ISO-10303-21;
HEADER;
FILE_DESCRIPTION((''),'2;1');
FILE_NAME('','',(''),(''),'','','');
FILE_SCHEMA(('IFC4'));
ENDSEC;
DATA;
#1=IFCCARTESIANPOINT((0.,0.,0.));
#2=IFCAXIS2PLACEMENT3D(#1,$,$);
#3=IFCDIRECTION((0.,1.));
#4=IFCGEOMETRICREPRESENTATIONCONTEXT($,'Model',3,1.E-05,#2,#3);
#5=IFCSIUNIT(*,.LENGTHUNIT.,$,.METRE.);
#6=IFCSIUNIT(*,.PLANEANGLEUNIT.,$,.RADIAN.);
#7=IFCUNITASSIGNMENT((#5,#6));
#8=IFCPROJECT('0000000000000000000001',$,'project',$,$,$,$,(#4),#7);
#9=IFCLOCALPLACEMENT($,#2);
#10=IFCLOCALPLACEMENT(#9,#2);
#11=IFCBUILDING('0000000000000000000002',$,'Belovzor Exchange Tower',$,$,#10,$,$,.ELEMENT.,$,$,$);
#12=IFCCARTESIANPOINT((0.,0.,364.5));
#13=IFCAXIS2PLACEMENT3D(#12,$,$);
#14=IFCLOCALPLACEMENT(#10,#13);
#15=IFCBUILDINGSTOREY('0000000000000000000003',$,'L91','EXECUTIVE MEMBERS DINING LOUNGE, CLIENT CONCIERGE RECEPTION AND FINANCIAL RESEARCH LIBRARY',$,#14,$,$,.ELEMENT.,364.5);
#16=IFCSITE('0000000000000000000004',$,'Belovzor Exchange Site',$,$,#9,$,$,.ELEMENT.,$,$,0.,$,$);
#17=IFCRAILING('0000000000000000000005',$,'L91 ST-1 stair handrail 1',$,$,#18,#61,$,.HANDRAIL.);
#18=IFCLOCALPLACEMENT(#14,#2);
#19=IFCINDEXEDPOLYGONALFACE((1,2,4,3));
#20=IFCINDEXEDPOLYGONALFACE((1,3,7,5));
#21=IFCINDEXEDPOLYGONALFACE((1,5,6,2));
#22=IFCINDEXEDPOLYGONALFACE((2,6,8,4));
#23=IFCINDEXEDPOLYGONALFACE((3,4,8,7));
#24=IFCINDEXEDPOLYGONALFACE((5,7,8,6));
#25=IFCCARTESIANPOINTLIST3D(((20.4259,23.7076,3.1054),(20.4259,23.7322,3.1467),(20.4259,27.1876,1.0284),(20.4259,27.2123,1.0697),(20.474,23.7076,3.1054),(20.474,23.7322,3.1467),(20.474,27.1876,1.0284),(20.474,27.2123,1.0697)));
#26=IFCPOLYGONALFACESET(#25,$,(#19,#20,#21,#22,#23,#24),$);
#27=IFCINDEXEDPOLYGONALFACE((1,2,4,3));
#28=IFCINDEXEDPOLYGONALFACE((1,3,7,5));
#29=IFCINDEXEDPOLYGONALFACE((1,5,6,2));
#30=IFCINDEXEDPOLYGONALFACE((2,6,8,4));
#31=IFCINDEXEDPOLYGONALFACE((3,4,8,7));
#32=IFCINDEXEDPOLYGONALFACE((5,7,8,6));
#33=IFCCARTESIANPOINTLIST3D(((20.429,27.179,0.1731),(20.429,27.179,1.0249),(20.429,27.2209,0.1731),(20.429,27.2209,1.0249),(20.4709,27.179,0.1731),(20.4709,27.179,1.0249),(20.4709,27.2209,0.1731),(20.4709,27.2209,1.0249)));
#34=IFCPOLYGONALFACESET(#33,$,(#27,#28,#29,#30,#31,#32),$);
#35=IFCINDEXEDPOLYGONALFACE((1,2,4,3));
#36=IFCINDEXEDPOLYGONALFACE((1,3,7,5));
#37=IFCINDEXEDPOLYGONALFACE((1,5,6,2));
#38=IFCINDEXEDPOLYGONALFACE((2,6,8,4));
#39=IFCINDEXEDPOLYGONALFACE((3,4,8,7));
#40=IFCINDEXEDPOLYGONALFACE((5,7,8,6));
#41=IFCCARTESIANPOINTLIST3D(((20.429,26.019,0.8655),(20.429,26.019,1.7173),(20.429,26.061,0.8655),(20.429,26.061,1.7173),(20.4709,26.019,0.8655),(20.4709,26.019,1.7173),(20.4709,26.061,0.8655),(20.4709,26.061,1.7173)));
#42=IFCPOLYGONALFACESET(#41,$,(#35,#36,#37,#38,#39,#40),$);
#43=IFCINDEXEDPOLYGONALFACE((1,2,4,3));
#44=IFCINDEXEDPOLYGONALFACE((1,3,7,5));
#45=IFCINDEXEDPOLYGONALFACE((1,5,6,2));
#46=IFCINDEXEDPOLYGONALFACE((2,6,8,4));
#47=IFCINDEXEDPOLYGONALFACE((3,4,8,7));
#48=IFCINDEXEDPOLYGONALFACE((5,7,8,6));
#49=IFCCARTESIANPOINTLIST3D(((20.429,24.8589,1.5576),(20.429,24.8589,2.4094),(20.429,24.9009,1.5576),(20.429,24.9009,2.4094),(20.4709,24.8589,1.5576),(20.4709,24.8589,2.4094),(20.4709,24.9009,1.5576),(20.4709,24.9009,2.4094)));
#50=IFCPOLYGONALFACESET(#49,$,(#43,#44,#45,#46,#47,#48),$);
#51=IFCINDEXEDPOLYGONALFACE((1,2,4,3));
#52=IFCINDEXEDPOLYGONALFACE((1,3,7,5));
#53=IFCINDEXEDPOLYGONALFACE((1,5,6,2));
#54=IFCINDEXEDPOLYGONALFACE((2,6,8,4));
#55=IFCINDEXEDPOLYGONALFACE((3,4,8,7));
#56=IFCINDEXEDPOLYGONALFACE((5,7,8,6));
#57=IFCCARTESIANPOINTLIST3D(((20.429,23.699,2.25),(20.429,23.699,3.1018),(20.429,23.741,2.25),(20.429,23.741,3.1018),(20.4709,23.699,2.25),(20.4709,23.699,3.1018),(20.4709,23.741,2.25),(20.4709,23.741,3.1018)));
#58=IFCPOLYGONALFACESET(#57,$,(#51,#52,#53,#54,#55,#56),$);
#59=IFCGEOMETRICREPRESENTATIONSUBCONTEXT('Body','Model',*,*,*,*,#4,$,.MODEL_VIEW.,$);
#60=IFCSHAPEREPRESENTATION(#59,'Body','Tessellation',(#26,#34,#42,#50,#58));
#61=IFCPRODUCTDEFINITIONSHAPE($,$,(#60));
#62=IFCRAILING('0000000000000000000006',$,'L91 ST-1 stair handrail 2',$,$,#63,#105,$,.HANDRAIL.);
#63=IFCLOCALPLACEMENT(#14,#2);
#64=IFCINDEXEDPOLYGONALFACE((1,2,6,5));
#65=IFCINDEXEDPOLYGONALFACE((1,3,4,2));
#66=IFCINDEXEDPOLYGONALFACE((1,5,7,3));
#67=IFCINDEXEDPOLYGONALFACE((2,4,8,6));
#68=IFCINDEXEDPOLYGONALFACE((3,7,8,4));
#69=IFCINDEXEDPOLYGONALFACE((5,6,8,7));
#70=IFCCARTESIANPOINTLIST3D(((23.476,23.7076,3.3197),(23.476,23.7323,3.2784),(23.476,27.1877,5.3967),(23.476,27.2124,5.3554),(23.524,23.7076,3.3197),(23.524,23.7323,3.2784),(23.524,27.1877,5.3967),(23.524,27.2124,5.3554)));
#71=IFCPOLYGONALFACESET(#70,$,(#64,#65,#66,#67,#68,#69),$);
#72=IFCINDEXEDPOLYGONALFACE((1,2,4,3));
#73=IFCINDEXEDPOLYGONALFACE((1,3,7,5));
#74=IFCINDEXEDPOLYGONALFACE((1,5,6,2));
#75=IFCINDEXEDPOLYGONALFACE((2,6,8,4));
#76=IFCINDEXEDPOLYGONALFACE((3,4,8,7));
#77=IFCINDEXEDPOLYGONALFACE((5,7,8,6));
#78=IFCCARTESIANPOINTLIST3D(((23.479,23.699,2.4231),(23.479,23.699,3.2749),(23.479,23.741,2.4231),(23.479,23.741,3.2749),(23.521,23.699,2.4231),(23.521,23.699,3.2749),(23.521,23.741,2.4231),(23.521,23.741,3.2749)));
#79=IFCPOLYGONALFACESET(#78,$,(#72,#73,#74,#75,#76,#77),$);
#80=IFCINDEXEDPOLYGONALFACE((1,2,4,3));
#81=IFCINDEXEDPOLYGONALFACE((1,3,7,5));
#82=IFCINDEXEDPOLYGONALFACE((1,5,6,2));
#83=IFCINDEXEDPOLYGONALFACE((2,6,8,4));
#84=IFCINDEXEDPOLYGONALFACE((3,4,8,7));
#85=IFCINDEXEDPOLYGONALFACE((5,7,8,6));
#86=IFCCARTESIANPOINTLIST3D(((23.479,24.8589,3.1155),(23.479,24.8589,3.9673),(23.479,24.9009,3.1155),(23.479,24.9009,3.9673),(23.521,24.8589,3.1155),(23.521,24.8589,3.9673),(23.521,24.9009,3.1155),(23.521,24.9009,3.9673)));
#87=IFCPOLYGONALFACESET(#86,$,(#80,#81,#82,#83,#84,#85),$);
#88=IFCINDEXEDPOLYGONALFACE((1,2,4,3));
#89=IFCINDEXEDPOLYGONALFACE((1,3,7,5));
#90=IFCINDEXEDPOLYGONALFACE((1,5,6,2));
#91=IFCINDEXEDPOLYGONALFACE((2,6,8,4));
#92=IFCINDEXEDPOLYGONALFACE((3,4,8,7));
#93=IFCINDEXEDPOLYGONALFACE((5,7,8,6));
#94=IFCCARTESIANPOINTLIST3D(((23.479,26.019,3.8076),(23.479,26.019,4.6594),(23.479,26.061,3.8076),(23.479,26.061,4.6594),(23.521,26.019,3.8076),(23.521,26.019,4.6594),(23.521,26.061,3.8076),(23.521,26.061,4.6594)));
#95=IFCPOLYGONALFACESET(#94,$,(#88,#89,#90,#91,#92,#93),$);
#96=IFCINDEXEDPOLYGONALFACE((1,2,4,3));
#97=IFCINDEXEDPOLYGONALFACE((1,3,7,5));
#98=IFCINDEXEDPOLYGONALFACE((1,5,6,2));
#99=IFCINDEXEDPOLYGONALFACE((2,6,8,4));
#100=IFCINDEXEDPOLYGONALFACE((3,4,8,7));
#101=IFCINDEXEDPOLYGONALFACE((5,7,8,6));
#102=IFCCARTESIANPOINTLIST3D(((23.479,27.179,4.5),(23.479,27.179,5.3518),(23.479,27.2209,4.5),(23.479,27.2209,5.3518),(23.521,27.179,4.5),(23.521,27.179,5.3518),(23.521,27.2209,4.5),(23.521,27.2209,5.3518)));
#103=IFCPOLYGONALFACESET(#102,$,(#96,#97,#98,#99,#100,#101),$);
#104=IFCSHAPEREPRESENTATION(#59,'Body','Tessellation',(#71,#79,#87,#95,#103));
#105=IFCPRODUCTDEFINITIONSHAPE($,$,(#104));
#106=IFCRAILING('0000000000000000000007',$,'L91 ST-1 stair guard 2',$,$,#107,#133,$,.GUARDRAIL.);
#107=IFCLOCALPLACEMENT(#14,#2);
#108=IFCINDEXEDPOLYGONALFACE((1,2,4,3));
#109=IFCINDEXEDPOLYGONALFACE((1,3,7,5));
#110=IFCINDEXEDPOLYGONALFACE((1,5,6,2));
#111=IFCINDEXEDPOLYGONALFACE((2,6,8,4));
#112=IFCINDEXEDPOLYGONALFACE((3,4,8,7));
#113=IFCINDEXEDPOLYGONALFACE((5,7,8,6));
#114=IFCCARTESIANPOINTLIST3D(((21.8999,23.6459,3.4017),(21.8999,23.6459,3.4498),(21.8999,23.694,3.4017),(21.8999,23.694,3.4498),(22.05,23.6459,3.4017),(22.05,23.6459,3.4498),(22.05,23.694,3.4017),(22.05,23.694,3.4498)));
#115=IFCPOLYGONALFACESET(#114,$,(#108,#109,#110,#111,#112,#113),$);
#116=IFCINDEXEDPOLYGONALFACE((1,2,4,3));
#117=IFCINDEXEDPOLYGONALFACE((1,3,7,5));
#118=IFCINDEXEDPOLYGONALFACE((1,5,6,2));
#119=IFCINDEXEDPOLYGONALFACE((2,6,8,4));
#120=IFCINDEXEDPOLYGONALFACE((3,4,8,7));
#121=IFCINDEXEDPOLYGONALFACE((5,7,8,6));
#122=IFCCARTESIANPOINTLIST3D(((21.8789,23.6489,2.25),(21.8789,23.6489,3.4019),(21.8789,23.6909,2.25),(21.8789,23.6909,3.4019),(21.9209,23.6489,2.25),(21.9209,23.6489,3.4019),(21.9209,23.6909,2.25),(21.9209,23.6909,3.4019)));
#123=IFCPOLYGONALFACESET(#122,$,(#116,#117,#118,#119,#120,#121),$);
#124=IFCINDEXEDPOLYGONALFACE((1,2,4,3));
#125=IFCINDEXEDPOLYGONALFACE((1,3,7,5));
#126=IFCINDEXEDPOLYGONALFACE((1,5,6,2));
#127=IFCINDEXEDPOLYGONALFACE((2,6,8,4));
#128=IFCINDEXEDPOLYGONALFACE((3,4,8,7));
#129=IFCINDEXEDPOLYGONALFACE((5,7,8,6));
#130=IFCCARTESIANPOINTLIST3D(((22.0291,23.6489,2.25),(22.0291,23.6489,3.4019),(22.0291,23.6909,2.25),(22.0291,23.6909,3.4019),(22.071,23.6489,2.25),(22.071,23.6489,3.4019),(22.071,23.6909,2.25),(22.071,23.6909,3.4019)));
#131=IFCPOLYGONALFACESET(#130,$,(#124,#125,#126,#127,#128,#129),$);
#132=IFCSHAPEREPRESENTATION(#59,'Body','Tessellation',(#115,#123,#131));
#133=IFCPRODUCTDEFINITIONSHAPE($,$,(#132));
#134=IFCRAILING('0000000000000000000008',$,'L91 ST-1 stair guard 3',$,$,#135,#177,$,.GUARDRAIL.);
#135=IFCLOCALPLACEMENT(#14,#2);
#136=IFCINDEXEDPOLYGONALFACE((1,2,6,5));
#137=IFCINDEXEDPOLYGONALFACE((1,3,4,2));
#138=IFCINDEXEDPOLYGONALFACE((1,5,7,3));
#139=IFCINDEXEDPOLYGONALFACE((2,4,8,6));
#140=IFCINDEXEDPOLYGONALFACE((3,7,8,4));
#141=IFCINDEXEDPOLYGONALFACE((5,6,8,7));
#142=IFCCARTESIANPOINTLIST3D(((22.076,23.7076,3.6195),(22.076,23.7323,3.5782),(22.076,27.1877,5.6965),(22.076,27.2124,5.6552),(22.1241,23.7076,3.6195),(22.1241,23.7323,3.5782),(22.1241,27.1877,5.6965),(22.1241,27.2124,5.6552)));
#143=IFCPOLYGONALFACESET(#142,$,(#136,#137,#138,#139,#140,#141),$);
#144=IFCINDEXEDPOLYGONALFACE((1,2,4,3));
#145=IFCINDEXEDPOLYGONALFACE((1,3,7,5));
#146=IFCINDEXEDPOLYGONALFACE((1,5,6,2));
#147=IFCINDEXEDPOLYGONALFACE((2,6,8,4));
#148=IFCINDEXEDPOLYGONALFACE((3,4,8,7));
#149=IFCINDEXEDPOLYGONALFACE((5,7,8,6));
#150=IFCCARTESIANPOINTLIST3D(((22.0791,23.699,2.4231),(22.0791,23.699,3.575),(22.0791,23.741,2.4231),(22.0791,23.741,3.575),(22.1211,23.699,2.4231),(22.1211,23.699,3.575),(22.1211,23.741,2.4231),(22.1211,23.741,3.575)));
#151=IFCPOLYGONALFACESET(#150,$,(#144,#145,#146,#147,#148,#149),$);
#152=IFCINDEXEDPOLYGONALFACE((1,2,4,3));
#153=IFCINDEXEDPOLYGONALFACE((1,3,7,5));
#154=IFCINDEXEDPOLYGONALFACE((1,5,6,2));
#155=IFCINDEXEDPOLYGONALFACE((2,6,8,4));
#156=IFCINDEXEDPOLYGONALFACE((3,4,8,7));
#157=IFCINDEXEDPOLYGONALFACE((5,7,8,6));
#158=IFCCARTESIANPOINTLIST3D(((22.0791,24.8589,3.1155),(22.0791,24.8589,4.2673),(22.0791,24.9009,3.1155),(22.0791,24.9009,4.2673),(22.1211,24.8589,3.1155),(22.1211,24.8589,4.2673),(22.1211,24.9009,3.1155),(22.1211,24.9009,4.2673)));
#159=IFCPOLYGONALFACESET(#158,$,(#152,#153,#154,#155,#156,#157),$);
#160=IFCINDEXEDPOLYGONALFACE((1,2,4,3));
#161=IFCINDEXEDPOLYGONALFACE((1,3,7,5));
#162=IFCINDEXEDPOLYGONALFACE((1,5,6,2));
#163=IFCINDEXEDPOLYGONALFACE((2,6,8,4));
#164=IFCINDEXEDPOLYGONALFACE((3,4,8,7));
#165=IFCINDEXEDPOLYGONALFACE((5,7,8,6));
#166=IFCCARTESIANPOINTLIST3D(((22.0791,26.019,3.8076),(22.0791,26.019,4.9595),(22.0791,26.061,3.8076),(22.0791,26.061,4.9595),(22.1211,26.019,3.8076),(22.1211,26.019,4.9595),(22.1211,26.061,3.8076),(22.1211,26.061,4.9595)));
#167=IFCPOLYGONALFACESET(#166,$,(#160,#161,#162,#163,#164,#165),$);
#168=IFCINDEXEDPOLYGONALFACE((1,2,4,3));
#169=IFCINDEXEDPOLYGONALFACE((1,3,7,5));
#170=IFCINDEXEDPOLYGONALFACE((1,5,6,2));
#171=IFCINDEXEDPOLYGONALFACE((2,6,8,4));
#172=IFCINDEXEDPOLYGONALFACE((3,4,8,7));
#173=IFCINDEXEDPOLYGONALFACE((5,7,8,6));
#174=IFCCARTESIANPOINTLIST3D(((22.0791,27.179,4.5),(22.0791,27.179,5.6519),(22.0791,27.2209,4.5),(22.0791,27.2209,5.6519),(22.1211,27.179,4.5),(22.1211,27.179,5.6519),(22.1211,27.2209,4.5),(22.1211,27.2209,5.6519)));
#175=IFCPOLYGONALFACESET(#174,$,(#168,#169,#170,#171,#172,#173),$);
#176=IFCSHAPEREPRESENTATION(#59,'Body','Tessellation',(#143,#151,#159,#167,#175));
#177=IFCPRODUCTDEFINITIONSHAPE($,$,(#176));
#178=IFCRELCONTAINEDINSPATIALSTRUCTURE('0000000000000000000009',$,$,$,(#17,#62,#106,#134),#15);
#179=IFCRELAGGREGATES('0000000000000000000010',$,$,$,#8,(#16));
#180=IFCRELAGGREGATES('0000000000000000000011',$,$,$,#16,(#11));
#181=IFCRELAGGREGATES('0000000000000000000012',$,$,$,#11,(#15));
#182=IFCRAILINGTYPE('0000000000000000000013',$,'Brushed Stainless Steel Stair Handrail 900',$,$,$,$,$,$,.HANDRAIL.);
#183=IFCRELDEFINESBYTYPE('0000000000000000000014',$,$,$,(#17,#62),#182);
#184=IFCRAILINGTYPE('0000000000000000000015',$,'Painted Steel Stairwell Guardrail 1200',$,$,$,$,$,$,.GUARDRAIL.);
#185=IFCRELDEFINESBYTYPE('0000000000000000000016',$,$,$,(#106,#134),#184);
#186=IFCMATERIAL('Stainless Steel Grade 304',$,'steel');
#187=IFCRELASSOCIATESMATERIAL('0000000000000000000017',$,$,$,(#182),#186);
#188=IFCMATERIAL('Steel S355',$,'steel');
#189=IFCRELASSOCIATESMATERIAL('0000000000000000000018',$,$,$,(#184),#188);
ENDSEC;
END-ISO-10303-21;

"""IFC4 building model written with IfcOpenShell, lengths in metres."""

from ifc_helpers import new_model, si_unit, direction, frame, origin, origin_2d, place, context, subcontext, project, spatial, rectangle, extrude, material, type_object, element, save


model = new_model("IFC4")

# Units and contexts
model_context = context("Model", 3, precision=1e-05, world=origin(), true_north=direction((0.0, 1.0)))
body_context = subcontext(model_context, "Body", "Model", "MODEL_VIEW")
ifc_project = project(units=[si_unit("LENGTHUNIT", "METRE"), si_unit("PLANEANGLEUNIT", "RADIAN")], contexts=[model_context])

# Site, building, storey
site_placement = place(None, origin())
site = spatial("IfcSite", under=ifc_project, at=site_placement, Name="Belovzor Exchange Site", CompositionType="ELEMENT", RefElevation=0.0)
building_placement = place(site_placement, origin())
building = spatial("IfcBuilding", under=site, at=building_placement, Name="Belovzor Exchange Tower", CompositionType="ELEMENT")
storey_placement = place(building_placement, frame((0.0, 0.0, 364.5)))
storey = spatial("IfcBuildingStorey", under=building, at=storey_placement, Name="L91", Description="EXECUTIVE MEMBERS DINING LOUNGE, CLIENT CONCIERGE RECEPTION AND FINANCIAL RESEARCH LIBRARY", CompositionType="ELEMENT", Elevation=364.5)

# Railings
ifc_material_1 = material(Name="Stainless Steel Grade 304", Category="steel")
railing_type_1 = type_object("IfcRailingType", Name="Brushed Stainless Steel Stair Handrail 900", PredefinedType="HANDRAIL", material=ifc_material_1)
railing_1_placement = place(storey_placement, frame((20.45, 27.2, 0.1731)))
element("IfcRailing", 1, at=railing_1_placement, inside=storey, type_object=railing_type_1, Name="L91 ST-1 stair handrail 1", PredefinedType="HANDRAIL", context=body_context, shape_type="SweptSolid", body=[
    extrude(rectangle(XDim=0.0481, YDim=0.0481, at=origin_2d()), frame((0.0, 0.0, 0.876), z_axis=(0.0, -0.858697, 0.512483), x_axis=(1.0, 0.0, 0.0)), (0.0, 0.0, 1.0), 4.0527),
    extrude(rectangle(XDim=0.042, YDim=0.042, at=origin_2d()), origin(), (0.0, 0.0, 1.0), 0.8518),
    extrude(rectangle(XDim=0.042, YDim=0.042, at=origin_2d()), frame((0.0, -1.1599, 0.6924)), (0.0, 0.0, 1.0), 0.8518),
    extrude(rectangle(XDim=0.042, YDim=0.042, at=origin_2d()), frame((0.0, -2.3201, 1.3845)), (0.0, 0.0, 1.0), 0.8518),
    extrude(rectangle(XDim=0.042, YDim=0.042, at=origin_2d()), frame((0.0, -3.48, 2.0769)), (0.0, 0.0, 1.0), 0.8518),
])
railing_2_placement = place(storey_placement, frame((23.5, 23.72, 2.4231)))
element("IfcRailing", 2, at=railing_2_placement, inside=storey, type_object=railing_type_1, Name="L91 ST-1 stair handrail 2", PredefinedType="HANDRAIL", context=body_context, shape_type="SweptSolid", body=[
    extrude(rectangle(XDim=0.0481, YDim=0.0481, at=origin_2d()), frame((0.0, 0.0, 0.876), z_axis=(0.0, 0.858697, 0.512483), x_axis=(-1.0, 0.0, 0.0)), (0.0, 0.0, 1.0), 4.0527),
    extrude(rectangle(XDim=0.042, YDim=0.042, at=origin_2d()), origin(), (0.0, 0.0, 1.0), 0.8518),
    extrude(rectangle(XDim=0.042, YDim=0.042, at=origin_2d()), frame((0.0, 1.1599, 0.6924)), (0.0, 0.0, 1.0), 0.8518),
    extrude(rectangle(XDim=0.042, YDim=0.042, at=origin_2d()), frame((0.0, 2.3201, 1.3845)), (0.0, 0.0, 1.0), 0.8518),
    extrude(rectangle(XDim=0.042, YDim=0.042, at=origin_2d()), frame((0.0, 3.48, 2.0769)), (0.0, 0.0, 1.0), 0.8518),
])
ifc_material_2 = material(Name="Steel S355", Category="steel")
railing_type_2 = type_object("IfcRailingType", Name="Painted Steel Stairwell Guardrail 1200", PredefinedType="GUARDRAIL", material=ifc_material_2)
railing_3_placement = place(storey_placement, frame((21.8999, 23.6699, 2.25)))
element("IfcRailing", 3, at=railing_3_placement, inside=storey, type_object=railing_type_2, Name="L91 ST-1 stair guard 2", PredefinedType="GUARDRAIL", context=body_context, shape_type="SweptSolid", body=[
    extrude(rectangle(XDim=0.0481, YDim=0.0481, at=origin_2d()), frame((0.0, 0.0, 1.1758), z_axis=(1.0, 0.0, 0.0), x_axis=(0.0, 1.0, 0.0)), (0.0, 0.0, 1.0), 0.1501),
    extrude(rectangle(XDim=0.042, YDim=0.042, at=origin_2d()), origin(), (0.0, 0.0, 1.0), 1.1519),
    extrude(rectangle(XDim=0.042, YDim=0.042, at=origin_2d()), frame((0.1501, 0.0, 0.0)), (0.0, 0.0, 1.0), 1.1519),
])
railing_4_placement = place(storey_placement, frame((22.1001, 23.72, 2.4231)))
element("IfcRailing", 4, at=railing_4_placement, inside=storey, type_object=railing_type_2, Name="L91 ST-1 stair guard 3", PredefinedType="GUARDRAIL", context=body_context, shape_type="SweptSolid", body=[
    extrude(rectangle(XDim=0.0481, YDim=0.0481, at=origin_2d()), frame((0.0, 0.0, 1.1758), z_axis=(0.0, 0.858697, 0.512483), x_axis=(-1.0, 0.0, 0.0)), (0.0, 0.0, 1.0), 4.0527),
    extrude(rectangle(XDim=0.042, YDim=0.042, at=origin_2d()), origin(), (0.0, 0.0, 1.0), 1.1519),
    extrude(rectangle(XDim=0.042, YDim=0.042, at=origin_2d()), frame((0.0, 1.1599, 0.6924)), (0.0, 0.0, 1.0), 1.1519),
    extrude(rectangle(XDim=0.042, YDim=0.042, at=origin_2d()), frame((0.0, 2.3201, 1.3845)), (0.0, 0.0, 1.0), 1.1519),
    extrude(rectangle(XDim=0.042, YDim=0.042, at=origin_2d()), frame((0.0, 3.48, 2.0769)), (0.0, 0.0, 1.0), 1.1519),
])

save(model, "model.ifc")
